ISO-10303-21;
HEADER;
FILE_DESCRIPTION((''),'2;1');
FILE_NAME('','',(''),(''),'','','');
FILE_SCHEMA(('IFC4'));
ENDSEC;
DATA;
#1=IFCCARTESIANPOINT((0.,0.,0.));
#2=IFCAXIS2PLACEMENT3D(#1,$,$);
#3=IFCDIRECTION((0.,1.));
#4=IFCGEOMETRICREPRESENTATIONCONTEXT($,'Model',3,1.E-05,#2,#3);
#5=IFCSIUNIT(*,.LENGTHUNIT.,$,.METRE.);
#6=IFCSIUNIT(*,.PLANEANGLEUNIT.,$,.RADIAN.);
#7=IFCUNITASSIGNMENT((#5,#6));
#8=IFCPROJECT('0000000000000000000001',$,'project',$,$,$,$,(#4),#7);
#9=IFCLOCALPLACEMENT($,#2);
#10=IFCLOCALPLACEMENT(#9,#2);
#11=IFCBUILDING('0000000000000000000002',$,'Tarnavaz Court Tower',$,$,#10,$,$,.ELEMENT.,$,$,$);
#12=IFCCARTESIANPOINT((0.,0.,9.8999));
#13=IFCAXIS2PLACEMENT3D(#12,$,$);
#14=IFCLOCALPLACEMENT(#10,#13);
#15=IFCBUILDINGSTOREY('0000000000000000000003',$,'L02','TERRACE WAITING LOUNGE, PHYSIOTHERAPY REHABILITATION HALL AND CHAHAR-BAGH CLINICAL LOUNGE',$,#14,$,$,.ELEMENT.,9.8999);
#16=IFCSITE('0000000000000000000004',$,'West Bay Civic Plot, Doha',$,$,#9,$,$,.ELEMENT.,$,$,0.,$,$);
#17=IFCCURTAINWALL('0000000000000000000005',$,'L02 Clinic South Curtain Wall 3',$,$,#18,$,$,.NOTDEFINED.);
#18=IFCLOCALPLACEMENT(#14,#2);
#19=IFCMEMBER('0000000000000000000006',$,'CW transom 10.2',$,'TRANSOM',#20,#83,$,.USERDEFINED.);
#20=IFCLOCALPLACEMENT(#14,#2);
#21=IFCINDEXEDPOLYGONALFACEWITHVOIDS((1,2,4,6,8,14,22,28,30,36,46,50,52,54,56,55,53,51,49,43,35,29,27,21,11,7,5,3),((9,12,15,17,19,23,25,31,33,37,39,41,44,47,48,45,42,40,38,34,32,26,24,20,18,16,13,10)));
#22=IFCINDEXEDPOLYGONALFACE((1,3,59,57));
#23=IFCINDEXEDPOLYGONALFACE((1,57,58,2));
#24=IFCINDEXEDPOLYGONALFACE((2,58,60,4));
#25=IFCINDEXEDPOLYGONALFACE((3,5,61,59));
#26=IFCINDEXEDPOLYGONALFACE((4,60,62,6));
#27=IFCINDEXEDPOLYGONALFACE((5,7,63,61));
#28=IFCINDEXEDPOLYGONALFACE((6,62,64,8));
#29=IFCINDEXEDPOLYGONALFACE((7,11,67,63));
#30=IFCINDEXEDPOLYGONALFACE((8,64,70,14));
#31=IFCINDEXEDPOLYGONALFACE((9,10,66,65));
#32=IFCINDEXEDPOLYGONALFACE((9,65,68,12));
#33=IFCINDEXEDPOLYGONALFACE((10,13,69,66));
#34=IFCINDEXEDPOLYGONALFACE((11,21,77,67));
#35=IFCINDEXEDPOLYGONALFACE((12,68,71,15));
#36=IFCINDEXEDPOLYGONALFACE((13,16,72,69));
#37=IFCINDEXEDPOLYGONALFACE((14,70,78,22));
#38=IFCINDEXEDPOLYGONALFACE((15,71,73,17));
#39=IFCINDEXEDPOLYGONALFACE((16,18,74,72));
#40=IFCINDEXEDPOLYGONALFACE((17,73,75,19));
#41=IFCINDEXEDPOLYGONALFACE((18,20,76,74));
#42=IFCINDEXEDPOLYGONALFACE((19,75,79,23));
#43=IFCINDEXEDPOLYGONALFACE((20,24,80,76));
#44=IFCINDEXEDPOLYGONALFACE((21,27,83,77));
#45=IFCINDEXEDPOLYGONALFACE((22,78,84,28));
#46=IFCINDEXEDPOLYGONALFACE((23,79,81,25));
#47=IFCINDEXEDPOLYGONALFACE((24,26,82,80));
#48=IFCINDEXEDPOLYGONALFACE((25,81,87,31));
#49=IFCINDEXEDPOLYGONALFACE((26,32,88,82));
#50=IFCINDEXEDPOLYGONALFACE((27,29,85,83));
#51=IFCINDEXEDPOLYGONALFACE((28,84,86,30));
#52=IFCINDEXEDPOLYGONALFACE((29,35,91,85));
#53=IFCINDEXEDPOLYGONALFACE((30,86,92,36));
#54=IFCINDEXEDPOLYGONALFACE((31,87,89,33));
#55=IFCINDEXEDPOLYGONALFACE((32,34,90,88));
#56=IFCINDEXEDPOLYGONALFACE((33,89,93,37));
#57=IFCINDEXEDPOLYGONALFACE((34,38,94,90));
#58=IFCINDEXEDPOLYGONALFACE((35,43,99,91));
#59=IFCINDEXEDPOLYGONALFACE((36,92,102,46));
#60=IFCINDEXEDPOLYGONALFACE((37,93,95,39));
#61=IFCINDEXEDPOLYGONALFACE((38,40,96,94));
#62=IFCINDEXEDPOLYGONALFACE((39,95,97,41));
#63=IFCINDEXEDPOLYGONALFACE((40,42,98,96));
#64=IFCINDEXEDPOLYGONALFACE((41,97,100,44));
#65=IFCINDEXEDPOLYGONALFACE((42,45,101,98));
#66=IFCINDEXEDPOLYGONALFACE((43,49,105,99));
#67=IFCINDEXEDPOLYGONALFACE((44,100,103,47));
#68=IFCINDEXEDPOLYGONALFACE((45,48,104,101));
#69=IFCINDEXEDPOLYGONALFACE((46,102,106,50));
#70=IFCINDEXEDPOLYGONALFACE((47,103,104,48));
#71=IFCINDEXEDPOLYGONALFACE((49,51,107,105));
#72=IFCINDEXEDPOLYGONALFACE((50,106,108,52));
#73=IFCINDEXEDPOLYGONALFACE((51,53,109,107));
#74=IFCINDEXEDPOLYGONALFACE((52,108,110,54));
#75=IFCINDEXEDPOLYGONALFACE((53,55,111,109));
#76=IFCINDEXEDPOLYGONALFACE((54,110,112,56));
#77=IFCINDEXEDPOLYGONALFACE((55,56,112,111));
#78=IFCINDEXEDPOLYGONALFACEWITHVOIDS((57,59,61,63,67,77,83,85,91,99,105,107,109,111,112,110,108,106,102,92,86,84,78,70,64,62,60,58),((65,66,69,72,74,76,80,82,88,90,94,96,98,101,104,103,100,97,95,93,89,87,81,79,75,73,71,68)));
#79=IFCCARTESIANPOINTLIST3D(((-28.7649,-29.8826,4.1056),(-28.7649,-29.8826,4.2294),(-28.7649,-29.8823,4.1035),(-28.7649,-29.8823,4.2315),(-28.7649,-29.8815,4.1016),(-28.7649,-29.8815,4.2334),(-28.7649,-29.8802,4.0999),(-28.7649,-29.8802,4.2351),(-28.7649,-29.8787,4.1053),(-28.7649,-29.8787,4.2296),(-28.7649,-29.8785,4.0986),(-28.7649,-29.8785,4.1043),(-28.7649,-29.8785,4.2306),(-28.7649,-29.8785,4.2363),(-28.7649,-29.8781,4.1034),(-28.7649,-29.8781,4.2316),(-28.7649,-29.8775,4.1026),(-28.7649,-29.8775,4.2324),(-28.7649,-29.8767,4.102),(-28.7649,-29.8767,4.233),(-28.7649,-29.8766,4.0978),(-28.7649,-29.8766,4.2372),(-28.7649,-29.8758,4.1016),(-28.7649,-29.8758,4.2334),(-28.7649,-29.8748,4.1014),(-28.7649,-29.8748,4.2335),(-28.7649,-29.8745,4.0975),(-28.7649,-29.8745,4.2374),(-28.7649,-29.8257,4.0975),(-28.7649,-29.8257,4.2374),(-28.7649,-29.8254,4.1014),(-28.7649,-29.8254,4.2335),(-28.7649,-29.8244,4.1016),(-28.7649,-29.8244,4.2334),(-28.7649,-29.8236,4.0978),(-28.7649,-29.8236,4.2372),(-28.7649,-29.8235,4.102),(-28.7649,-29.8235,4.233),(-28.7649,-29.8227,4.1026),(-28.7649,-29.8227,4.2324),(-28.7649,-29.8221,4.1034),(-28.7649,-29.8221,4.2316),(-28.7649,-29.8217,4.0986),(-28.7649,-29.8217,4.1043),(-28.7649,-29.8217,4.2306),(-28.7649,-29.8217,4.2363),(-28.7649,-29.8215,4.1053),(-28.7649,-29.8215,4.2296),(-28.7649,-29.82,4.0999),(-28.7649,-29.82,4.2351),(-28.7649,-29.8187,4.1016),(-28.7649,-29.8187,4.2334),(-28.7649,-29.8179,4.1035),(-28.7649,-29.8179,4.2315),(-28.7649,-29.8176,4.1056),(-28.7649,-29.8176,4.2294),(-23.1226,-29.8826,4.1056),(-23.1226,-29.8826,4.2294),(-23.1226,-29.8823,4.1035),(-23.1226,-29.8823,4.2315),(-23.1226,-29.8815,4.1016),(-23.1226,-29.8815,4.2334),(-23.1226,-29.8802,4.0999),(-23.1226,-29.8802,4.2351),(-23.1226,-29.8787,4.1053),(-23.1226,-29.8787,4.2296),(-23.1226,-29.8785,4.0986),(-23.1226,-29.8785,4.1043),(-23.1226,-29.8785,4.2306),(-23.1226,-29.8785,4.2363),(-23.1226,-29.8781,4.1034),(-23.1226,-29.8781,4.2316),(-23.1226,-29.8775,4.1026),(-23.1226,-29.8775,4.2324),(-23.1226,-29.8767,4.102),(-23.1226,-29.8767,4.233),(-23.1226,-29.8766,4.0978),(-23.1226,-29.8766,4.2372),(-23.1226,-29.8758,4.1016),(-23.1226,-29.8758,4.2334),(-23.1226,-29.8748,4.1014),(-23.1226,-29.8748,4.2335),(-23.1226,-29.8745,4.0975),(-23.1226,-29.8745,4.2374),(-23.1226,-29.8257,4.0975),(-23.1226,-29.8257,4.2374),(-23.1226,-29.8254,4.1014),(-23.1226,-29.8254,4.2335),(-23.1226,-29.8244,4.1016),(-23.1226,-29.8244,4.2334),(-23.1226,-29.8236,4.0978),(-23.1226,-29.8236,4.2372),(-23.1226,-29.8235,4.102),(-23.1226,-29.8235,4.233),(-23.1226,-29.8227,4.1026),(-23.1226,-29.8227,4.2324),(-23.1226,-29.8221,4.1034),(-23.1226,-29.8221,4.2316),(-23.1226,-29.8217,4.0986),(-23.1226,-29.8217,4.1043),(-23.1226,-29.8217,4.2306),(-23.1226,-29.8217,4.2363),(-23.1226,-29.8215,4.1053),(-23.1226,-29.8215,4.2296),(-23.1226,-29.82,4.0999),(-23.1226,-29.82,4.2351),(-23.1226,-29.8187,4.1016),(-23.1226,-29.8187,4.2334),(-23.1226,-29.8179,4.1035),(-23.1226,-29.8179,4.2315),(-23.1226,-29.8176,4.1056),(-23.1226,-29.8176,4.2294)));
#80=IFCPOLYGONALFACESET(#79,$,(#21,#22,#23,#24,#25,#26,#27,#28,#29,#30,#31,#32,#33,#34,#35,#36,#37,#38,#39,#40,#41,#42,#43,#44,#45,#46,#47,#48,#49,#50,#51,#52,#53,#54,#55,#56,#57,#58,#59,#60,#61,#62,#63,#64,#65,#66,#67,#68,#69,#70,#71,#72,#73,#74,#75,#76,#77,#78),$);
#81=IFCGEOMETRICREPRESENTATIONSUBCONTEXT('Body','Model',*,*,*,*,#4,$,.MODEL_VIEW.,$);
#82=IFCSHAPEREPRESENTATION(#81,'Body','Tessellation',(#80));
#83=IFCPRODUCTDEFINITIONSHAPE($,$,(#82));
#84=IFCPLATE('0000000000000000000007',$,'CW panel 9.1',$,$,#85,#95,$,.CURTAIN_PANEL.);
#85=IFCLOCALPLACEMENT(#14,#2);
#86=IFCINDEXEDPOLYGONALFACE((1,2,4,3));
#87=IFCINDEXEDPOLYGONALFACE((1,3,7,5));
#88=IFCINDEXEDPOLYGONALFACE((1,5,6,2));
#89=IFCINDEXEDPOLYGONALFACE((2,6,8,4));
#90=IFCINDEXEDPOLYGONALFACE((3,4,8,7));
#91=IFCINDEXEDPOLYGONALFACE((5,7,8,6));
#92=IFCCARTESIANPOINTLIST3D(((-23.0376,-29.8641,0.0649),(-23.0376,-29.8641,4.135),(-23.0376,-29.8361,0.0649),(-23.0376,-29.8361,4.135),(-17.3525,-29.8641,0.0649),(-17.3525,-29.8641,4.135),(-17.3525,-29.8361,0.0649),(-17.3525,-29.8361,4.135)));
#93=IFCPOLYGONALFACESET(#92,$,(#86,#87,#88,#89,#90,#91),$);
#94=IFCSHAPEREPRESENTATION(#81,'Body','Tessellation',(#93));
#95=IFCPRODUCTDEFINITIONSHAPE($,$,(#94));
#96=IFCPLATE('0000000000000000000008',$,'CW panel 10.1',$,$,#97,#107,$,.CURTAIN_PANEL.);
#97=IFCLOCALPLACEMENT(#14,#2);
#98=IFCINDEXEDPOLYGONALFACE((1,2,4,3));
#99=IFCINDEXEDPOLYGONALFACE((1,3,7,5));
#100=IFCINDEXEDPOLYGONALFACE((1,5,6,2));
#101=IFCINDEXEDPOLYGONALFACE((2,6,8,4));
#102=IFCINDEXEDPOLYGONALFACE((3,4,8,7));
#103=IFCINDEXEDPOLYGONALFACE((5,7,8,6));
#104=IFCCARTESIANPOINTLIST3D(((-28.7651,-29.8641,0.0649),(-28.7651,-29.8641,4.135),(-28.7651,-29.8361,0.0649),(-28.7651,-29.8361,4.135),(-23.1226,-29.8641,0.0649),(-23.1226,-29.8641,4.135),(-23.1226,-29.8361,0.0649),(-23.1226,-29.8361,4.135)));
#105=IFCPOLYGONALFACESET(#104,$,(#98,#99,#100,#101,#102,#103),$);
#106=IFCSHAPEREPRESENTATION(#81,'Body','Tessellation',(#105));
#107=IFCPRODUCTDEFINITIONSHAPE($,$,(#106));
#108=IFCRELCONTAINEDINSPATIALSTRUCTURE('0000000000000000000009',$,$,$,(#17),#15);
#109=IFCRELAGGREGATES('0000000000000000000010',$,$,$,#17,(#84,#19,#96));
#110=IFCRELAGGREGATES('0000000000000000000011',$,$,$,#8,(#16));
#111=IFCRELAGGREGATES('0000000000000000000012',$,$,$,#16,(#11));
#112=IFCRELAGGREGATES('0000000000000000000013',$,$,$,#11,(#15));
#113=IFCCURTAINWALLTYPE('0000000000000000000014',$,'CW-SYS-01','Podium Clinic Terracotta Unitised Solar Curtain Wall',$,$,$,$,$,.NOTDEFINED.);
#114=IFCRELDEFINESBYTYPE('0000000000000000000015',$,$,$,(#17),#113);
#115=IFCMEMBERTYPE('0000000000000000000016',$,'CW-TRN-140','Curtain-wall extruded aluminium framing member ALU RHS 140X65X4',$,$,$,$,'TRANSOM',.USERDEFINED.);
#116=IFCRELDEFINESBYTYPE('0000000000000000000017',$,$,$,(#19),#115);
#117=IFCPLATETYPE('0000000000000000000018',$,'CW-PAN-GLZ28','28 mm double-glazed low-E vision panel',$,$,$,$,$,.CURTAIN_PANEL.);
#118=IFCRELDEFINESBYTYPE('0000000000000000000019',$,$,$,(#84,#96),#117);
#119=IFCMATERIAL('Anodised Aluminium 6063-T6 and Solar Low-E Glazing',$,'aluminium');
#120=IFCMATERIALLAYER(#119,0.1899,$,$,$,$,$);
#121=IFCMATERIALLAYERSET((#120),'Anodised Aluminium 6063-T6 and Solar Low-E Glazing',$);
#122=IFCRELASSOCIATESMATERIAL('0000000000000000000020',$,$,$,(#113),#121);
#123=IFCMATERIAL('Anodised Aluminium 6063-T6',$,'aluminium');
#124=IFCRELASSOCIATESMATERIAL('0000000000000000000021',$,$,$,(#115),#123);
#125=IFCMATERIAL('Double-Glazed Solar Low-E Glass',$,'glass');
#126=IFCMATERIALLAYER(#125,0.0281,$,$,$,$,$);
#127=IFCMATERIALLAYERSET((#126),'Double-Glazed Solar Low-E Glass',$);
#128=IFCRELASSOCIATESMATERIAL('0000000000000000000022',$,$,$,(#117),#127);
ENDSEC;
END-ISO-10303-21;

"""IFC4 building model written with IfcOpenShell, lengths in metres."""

from ifc_helpers import new_model, si_unit, direction, frame, origin, origin_2d, place, context, subcontext, project, spatial, rectangle, hollow_rectangle, extrude, material, layer, layer_set, material_profile, profile_set, type_object, element, aggregate, save


model = new_model("IFC4")

# Units and contexts
model_context = context("Model", 3, precision=1e-05, world=origin(), true_north=direction((0.0, 1.0)))
body_context = subcontext(model_context, "Body", "Model", "MODEL_VIEW")
ifc_project = project(units=[si_unit("LENGTHUNIT", "METRE"), si_unit("PLANEANGLEUNIT", "RADIAN")], contexts=[model_context])

# Site, building, storey
site_placement = place(None, origin())
site = spatial("IfcSite", under=ifc_project, at=site_placement, Name="West Bay Civic Plot, Doha", CompositionType="ELEMENT", RefElevation=0.0)
building_placement = place(site_placement, origin())
building = spatial("IfcBuilding", under=site, at=building_placement, Name="Tarnavaz Court Tower", CompositionType="ELEMENT")
storey_placement = place(building_placement, frame((0.0, 0.0, 9.8999)))
storey = spatial("IfcBuildingStorey", under=building, at=storey_placement, Name="L02", Description="TERRACE WAITING LOUNGE, PHYSIOTHERAPY REHABILITATION HALL AND CHAHAR-BAGH CLINICAL LOUNGE", CompositionType="ELEMENT", Elevation=9.8999)

# Curtain wall, member, plates
ifc_material_1 = material(Name="Anodised Aluminium 6063-T6 and Solar Low-E Glazing", Category="aluminium")
ifc_layer_1 = layer(ifc_material_1, 0.1899)
ifc_layer_set_1 = layer_set([ifc_layer_1], Name="Anodised Aluminium 6063-T6 and Solar Low-E Glazing")
curtain_wall_type = type_object("IfcCurtainWallType", Name="CW-SYS-01", Description="Podium Clinic Terracotta Unitised Solar Curtain Wall", PredefinedType="NOTDEFINED", material=ifc_layer_set_1)
curtain_wall_placement = place(storey_placement, origin())
curtain_wall = element("IfcCurtainWall", 1, at=curtain_wall_placement, inside=storey, type_object=curtain_wall_type, Name="L02 Clinic South Curtain Wall 3", PredefinedType="NOTDEFINED")
ifc_material_2 = material(Name="Anodised Aluminium 6063-T6", Category="aluminium")
ifc_material_profile_1 = material_profile(ifc_material_2, hollow_rectangle(XDim=0.0649, YDim=0.1399, WallThickness=0.0039, InnerFilletRadius=0.0039, OuterFilletRadius=0.0081, at=origin_2d()), Name="ALU RHS 140X65X4")
ifc_profile_set_1 = profile_set([ifc_material_profile_1], Name="Anodised Aluminium 6063-T6")
member_type_1 = type_object("IfcMemberType", Name="CW-TRN-140", Description="Curtain-wall extruded aluminium framing member ALU RHS 140X65X4", ElementType="TRANSOM", PredefinedType="USERDEFINED", material=ifc_profile_set_1)
member_1_placement = place(storey_placement, frame((-23.1226, -29.8501, 4.1675), z_axis=(-1.0, 0.0, 0.0), x_axis=(0.0, -1.0, 0.0)))
member_1 = element("IfcMember", 2, at=member_1_placement, type_object=member_type_1, Name="CW transom 10.2", ObjectType="TRANSOM", PredefinedType="USERDEFINED", context=body_context, shape_type="SweptSolid", body=[
    extrude(hollow_rectangle(XDim=0.0649, YDim=0.1399, WallThickness=0.0039, InnerFilletRadius=0.0039, OuterFilletRadius=0.0081, at=origin_2d()), origin(), (0.0, 0.0, 1.0), 5.6423),
])
ifc_material_3 = material(Name="Double-Glazed Solar Low-E Glass", Category="glass")
ifc_layer_2 = layer(ifc_material_3, 0.0281)
ifc_layer_set_2 = layer_set([ifc_layer_2], Name="Double-Glazed Solar Low-E Glass")
plate_type = type_object("IfcPlateType", Name="CW-PAN-GLZ28", Description="28 mm double-glazed low-E vision panel", PredefinedType="CURTAIN_PANEL", material=ifc_layer_set_2)
plate_1_placement = place(storey_placement, frame((-20.1951, -29.8501, 0.0649), z_axis=(0.0, 0.0, 1.0), x_axis=(-1.0, 0.0, 0.0)))
plate_1 = element("IfcPlate", 3, at=plate_1_placement, type_object=plate_type, Name="CW panel 9.1", PredefinedType="CURTAIN_PANEL", context=body_context, shape_type="SweptSolid", body=[
    extrude(rectangle(XDim=5.6851, YDim=0.0281, at=origin_2d()), origin(), (0.0, 0.0, 1.0), 4.0701),
])
plate_2_placement = place(storey_placement, frame((-25.9438, -29.8501, 0.0649), z_axis=(0.0, 0.0, 1.0), x_axis=(-1.0, 0.0, 0.0)))
plate_2 = element("IfcPlate", 4, at=plate_2_placement, type_object=plate_type, Name="CW panel 10.1", PredefinedType="CURTAIN_PANEL", context=body_context, shape_type="SweptSolid", body=[
    extrude(rectangle(XDim=5.6426, YDim=0.0281, at=origin_2d()), origin(), (0.0, 0.0, 1.0), 4.0701),
])
aggregate(curtain_wall, [plate_1, member_1, plate_2])

save(model, "model.ifc")
